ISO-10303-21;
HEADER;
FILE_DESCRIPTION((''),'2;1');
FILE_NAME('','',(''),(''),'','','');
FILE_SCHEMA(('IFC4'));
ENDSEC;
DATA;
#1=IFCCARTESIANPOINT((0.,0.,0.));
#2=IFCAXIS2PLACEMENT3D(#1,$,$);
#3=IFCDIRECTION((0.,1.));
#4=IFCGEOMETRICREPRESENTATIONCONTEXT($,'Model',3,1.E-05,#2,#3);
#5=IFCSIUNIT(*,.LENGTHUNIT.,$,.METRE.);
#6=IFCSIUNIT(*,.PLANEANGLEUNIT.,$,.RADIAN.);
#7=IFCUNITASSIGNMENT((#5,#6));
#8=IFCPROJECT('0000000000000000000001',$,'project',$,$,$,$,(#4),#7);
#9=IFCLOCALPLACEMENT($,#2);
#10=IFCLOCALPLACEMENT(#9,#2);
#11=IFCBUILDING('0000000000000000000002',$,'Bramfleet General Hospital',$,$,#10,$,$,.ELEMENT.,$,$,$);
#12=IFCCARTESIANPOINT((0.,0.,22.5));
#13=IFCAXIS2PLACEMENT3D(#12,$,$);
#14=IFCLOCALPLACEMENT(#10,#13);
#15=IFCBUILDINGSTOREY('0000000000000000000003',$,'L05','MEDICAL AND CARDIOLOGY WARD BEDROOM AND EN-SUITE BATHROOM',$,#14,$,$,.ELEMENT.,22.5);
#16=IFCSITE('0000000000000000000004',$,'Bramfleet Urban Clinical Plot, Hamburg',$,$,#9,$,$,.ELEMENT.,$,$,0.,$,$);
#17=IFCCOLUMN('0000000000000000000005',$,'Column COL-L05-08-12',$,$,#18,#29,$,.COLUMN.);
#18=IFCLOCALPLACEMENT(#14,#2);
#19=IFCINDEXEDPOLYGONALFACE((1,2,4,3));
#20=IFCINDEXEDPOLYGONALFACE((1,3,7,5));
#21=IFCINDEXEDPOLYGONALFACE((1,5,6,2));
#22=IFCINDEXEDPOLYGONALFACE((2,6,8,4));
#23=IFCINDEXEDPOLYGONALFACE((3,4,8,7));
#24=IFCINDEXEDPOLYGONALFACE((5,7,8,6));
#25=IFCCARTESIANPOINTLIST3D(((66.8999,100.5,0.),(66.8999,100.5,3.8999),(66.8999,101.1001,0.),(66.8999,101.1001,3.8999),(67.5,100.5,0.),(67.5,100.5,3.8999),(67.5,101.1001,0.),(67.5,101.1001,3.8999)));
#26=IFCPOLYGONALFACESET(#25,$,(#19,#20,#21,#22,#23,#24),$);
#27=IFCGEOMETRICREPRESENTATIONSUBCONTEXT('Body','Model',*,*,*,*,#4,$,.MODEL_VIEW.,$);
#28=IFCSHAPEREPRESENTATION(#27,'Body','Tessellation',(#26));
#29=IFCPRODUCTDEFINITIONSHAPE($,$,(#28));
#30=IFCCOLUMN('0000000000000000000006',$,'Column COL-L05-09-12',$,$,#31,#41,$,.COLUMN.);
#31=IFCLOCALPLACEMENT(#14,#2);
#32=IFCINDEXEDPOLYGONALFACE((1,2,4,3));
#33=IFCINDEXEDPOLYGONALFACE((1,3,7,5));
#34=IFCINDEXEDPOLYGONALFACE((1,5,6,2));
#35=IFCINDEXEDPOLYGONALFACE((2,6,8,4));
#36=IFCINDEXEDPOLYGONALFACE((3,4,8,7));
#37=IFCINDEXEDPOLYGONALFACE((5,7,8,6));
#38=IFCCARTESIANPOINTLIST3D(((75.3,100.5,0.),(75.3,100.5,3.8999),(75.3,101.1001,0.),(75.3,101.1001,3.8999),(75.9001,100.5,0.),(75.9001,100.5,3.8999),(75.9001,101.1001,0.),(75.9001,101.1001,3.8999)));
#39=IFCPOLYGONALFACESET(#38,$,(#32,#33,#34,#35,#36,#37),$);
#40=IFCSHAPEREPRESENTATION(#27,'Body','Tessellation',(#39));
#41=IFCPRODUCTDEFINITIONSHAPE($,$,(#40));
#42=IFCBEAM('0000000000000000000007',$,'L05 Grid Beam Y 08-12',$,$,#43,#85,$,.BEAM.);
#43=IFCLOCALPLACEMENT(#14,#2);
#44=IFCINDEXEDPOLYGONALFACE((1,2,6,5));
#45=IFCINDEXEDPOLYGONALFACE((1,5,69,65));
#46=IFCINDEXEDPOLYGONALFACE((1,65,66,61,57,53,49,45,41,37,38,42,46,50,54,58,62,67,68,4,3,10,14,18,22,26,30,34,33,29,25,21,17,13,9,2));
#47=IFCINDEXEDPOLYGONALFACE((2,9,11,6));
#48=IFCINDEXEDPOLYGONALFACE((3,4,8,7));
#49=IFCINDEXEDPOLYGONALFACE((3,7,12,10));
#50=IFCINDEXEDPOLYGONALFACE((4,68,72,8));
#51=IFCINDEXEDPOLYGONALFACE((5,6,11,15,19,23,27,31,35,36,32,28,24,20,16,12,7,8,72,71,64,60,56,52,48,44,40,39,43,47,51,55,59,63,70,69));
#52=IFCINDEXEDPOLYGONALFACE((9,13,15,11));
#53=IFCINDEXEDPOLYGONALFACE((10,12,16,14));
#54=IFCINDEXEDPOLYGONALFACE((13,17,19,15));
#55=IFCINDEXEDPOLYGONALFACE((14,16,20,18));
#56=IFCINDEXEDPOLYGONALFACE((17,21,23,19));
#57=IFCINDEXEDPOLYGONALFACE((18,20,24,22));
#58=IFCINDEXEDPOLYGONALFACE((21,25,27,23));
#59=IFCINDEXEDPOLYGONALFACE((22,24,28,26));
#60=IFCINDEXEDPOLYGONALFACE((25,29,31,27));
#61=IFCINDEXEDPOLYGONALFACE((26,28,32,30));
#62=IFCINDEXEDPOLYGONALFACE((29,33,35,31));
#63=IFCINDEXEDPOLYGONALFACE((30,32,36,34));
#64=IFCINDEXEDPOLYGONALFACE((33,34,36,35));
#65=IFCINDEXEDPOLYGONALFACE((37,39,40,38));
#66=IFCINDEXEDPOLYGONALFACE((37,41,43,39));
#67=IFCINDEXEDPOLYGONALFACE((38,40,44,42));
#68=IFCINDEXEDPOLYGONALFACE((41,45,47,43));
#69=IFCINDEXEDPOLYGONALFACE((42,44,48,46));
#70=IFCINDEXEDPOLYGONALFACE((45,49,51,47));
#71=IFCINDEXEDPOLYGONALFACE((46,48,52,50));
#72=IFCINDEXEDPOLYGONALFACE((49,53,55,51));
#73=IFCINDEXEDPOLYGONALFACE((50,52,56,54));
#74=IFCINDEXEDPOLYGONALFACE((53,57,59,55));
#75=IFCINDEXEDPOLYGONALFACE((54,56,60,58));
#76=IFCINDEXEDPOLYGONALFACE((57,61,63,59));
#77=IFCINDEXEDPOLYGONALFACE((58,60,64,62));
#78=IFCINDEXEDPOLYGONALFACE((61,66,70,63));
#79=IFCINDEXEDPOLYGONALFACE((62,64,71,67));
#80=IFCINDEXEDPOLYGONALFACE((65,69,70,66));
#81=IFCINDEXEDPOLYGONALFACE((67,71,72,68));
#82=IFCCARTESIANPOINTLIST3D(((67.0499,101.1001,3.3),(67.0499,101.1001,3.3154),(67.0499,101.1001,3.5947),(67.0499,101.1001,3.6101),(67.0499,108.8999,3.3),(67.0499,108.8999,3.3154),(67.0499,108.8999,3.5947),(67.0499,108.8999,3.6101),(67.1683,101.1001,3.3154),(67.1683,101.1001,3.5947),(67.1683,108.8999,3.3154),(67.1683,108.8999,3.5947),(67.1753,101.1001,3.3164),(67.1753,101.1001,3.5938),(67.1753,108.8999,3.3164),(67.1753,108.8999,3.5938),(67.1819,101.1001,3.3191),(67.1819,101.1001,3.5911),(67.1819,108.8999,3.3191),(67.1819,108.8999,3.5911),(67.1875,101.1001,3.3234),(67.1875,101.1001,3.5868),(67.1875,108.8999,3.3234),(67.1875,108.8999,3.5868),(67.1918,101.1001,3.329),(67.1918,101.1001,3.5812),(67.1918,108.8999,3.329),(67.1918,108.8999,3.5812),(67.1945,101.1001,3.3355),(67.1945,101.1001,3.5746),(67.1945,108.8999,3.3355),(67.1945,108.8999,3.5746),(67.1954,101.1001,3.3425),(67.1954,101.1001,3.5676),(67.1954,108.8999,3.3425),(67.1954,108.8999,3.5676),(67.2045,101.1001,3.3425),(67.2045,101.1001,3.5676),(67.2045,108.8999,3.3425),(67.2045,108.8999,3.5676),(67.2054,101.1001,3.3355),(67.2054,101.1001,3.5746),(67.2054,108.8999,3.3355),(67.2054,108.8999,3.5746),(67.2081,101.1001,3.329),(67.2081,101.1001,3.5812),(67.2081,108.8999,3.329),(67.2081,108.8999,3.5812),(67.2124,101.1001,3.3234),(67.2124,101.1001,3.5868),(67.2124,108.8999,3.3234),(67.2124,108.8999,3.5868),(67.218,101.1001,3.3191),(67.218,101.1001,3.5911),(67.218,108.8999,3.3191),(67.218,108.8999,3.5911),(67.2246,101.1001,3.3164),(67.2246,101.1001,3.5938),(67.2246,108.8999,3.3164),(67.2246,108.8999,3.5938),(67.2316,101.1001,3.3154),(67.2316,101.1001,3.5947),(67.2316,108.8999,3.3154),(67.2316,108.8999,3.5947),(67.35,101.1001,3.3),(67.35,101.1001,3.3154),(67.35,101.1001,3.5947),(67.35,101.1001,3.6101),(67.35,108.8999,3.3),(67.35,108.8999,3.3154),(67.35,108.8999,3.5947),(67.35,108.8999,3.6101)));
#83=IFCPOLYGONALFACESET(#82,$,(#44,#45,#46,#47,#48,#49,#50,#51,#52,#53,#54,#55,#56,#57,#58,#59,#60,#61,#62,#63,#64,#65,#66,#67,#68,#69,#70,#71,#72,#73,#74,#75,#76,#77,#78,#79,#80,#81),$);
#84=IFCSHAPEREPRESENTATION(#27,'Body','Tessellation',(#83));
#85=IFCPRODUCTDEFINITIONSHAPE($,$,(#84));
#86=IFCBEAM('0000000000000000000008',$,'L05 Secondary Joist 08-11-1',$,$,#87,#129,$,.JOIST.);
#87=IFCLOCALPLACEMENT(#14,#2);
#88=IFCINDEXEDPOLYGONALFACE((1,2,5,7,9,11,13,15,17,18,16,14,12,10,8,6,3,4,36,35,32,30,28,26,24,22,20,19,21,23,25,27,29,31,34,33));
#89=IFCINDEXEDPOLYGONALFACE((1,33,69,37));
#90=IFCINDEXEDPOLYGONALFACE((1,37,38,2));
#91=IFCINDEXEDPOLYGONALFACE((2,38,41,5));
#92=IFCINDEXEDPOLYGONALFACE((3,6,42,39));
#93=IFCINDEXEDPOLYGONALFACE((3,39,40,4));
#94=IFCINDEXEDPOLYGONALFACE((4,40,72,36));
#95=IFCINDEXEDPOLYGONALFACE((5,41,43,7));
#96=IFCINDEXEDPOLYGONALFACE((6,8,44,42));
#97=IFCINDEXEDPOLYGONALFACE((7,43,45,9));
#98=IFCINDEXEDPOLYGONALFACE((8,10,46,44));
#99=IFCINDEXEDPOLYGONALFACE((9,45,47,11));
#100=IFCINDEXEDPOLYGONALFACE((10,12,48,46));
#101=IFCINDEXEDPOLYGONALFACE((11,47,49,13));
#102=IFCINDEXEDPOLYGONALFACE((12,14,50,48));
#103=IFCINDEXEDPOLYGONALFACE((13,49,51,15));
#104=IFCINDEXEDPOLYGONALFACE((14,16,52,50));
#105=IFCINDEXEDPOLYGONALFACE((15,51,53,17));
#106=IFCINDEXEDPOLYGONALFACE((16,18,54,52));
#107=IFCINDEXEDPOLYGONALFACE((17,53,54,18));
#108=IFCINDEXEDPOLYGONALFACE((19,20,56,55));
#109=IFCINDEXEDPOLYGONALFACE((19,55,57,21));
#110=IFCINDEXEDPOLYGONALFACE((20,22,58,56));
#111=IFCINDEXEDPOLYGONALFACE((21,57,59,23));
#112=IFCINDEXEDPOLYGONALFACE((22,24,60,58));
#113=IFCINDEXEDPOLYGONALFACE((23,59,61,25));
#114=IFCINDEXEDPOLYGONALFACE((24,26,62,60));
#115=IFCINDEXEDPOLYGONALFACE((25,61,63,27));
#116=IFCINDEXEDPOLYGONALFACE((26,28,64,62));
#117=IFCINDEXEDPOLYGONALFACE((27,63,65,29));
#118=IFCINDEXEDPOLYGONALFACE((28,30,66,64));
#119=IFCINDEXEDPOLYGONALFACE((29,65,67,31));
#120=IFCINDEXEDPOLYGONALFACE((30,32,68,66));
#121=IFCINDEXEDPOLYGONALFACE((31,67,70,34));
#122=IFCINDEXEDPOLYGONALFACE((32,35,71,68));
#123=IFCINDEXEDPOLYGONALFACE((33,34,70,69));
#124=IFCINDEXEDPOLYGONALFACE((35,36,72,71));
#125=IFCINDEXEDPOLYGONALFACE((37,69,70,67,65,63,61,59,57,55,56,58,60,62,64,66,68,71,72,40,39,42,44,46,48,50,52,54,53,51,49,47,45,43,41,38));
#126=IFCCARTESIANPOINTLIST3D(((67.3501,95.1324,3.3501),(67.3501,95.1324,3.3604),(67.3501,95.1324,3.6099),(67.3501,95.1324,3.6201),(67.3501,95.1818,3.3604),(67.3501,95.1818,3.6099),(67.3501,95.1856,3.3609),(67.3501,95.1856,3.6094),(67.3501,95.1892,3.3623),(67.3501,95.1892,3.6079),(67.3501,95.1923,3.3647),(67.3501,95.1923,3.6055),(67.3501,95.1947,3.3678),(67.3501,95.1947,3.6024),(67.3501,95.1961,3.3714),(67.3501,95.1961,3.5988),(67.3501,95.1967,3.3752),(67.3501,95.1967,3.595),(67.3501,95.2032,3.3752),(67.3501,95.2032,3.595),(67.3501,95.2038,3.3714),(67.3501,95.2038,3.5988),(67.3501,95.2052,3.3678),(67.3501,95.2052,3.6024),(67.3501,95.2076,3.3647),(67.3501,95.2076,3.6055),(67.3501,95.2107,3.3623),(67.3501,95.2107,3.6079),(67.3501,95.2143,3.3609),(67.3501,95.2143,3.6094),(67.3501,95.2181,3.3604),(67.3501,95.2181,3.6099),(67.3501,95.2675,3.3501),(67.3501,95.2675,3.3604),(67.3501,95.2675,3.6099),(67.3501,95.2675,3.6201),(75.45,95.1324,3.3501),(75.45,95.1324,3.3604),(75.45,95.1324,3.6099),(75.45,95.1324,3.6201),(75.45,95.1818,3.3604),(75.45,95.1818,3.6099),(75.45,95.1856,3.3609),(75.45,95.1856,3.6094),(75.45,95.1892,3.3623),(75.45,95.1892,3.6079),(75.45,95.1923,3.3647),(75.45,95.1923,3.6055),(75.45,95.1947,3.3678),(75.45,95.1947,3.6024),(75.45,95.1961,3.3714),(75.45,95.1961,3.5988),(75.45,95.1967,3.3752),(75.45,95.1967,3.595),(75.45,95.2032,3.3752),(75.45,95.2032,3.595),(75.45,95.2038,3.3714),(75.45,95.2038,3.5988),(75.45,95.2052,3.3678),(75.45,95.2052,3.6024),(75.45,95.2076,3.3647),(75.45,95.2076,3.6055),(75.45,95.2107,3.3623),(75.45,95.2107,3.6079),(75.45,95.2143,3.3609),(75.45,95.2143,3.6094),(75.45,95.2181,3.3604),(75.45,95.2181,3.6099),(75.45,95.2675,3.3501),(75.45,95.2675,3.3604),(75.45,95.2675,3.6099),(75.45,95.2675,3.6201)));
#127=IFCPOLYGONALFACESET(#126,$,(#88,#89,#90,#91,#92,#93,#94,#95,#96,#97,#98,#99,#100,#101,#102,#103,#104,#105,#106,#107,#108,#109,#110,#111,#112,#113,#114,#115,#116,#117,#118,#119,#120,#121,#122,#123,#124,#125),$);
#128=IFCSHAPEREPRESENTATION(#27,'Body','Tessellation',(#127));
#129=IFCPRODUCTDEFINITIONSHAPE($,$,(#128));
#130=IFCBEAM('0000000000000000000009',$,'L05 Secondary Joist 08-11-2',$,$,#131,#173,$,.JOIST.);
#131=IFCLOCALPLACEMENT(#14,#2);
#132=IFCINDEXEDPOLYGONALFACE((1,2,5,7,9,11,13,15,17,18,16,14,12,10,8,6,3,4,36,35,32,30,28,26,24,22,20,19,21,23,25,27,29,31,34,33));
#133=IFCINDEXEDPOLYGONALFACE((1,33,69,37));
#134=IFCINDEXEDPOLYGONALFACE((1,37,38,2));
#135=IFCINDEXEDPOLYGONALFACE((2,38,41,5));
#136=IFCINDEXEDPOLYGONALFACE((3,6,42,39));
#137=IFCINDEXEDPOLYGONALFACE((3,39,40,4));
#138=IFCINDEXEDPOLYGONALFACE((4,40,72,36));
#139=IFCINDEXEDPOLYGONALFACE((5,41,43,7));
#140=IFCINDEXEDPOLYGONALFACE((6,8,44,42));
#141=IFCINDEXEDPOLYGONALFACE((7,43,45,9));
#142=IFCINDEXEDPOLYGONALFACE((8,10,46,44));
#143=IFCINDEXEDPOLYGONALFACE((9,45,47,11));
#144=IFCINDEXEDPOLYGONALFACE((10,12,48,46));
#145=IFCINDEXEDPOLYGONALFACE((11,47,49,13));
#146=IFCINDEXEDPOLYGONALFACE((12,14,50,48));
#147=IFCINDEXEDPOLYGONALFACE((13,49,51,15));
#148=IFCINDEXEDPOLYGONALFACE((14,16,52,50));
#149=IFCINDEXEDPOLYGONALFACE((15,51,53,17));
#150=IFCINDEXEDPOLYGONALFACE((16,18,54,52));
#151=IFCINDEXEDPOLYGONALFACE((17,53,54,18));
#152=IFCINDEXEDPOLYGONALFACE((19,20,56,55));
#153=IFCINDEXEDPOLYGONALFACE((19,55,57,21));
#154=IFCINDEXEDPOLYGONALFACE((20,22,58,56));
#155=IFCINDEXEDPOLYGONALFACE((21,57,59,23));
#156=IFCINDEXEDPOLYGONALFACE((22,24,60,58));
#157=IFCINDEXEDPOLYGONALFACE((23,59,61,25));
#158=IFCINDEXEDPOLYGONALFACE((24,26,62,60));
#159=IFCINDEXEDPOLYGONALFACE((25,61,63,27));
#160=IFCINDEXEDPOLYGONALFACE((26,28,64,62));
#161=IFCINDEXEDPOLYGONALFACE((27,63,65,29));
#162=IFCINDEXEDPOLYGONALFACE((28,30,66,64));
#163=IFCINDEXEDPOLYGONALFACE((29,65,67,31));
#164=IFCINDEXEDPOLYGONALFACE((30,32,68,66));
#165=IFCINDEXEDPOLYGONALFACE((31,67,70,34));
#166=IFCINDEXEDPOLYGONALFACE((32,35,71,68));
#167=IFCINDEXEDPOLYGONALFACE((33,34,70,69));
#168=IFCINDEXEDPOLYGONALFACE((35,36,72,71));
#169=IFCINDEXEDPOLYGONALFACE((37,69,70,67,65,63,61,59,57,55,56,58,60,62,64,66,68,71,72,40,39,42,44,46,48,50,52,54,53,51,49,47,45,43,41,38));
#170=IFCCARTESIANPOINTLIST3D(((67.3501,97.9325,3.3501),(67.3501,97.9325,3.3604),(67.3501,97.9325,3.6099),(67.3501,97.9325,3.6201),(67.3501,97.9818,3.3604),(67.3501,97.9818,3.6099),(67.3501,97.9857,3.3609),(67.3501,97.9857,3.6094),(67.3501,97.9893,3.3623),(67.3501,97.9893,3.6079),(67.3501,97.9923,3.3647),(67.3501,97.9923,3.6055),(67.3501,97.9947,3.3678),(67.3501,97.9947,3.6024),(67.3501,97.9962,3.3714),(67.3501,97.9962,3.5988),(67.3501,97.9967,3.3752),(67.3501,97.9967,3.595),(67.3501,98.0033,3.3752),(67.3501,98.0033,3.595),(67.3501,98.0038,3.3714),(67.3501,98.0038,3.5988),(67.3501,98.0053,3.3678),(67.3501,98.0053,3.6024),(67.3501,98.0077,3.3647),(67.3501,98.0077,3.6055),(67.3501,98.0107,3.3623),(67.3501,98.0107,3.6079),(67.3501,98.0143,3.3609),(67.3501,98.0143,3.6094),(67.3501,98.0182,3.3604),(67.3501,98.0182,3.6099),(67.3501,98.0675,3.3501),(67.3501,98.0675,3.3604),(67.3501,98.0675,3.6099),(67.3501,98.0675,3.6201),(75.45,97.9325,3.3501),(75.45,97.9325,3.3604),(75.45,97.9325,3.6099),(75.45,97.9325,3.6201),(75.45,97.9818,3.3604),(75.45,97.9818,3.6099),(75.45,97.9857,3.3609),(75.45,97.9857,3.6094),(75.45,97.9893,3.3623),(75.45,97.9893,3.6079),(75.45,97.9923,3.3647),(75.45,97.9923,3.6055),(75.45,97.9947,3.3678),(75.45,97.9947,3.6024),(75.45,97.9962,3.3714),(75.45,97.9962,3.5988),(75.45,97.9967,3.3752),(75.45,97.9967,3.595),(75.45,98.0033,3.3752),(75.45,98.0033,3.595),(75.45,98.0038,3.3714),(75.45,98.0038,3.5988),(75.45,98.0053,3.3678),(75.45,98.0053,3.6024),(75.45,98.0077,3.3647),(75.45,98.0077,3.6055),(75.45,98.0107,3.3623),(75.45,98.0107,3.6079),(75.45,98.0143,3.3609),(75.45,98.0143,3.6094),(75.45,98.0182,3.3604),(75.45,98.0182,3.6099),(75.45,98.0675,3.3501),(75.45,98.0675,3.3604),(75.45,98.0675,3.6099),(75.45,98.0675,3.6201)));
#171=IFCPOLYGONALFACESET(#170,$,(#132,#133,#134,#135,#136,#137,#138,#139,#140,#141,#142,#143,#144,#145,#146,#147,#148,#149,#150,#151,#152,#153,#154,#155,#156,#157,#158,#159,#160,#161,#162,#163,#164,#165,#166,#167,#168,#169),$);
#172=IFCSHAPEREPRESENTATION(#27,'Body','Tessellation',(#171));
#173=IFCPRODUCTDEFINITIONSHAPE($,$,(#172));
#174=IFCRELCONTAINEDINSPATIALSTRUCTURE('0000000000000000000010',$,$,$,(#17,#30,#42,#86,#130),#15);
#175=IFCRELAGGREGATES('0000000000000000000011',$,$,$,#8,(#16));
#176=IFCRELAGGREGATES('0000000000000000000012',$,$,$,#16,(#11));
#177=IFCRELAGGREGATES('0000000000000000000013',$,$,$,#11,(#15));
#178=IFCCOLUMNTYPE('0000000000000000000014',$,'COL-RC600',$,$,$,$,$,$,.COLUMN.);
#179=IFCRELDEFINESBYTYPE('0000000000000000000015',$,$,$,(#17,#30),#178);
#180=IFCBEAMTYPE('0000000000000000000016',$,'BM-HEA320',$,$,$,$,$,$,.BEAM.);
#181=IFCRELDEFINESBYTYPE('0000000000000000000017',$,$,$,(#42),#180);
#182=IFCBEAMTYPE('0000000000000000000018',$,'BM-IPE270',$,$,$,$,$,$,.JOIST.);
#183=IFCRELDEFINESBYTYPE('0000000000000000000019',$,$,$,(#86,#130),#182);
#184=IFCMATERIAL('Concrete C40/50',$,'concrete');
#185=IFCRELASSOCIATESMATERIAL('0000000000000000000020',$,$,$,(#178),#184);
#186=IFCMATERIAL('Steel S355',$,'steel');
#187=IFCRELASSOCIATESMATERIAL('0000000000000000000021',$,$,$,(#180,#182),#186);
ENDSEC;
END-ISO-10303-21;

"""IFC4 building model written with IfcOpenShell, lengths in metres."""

from ifc_helpers import new_model, si_unit, direction, frame, origin, origin_2d, place, context, subcontext, project, spatial, rectangle, i_section, extrude, material, material_profile, profile_set, type_object, element, save


model = new_model("IFC4")

# Units and contexts
model_context = context("Model", 3, precision=1e-05, world=origin(), true_north=direction((0.0, 1.0)))
body_context = subcontext(model_context, "Body", "Model", "MODEL_VIEW")
ifc_project = project(units=[si_unit("LENGTHUNIT", "METRE"), si_unit("PLANEANGLEUNIT", "RADIAN")], contexts=[model_context])

# Site, building, storey
site_placement = place(None, origin())
site = spatial("IfcSite", under=ifc_project, at=site_placement, Name="Bramfleet Urban Clinical Plot, Hamburg", CompositionType="ELEMENT", RefElevation=0.0)
building_placement = place(site_placement, origin())
building = spatial("IfcBuilding", under=site, at=building_placement, Name="Bramfleet General Hospital", CompositionType="ELEMENT")
storey_placement = place(building_placement, frame((0.0, 0.0, 22.5)))
storey = spatial("IfcBuildingStorey", under=building, at=storey_placement, Name="L05", Description="MEDICAL AND CARDIOLOGY WARD BEDROOM AND EN-SUITE BATHROOM", CompositionType="ELEMENT", Elevation=22.5)

# Columns
ifc_material_1 = material(Name="Concrete C40/50", Category="concrete")
ifc_material_profile_1 = material_profile(ifc_material_1, rectangle(XDim=0.6001, YDim=0.6001, at=origin_2d()), Name="RC COL 600x600")
ifc_profile_set_1 = profile_set([ifc_material_profile_1], Name="Concrete C40/50")
column_type = type_object("IfcColumnType", Name="COL-RC600", PredefinedType="COLUMN", material=ifc_profile_set_1)
for number, where, z_axis, x_axis, name in (
    (1, (67.2, 100.8, 0.0), (0.0, 0.0, 1.0), (1.0, 0.0, 0.0), "Column COL-L05-08-12"),
    (2, (75.6001, 100.8, 0.0), (0.0, 0.0, 1.0), (1.0, 0.0, 0.0), "Column COL-L05-09-12"),
):
    element("IfcColumn", number, at=place(storey_placement, frame(where, z_axis=z_axis, x_axis=x_axis)), inside=storey, type_object=column_type, Name=name, PredefinedType="COLUMN", context=body_context, shape_type="SweptSolid", body=[
        extrude(rectangle(XDim=0.6001, YDim=0.6001, at=origin_2d()), origin(), (0.0, 0.0, 1.0), 3.8999),
    ])

# Beams
ifc_material_2 = material(Name="Steel S355", Category="steel")
ifc_material_profile_2 = material_profile(ifc_material_2, i_section(OverallWidth=0.3, OverallDepth=0.3101, WebThickness=0.009, FlangeThickness=0.0154, FilletRadius=0.0271, at=origin_2d()), Name="HEA 320")
ifc_profile_set_2 = profile_set([ifc_material_profile_2], Name="Steel S355")
beam_type_1 = type_object("IfcBeamType", Name="BM-HEA320", PredefinedType="BEAM", material=ifc_profile_set_2)
beam_1_placement = place(storey_placement, frame((67.2, 101.1001, 3.4551), z_axis=(0.0, 1.0, 0.0), x_axis=(-1.0, 0.0, 0.0)))
element("IfcBeam", 3, at=beam_1_placement, inside=storey, type_object=beam_type_1, Name="L05 Grid Beam Y 08-12", PredefinedType="BEAM", context=body_context, shape_type="SweptSolid", body=[
    extrude(i_section(OverallWidth=0.3, OverallDepth=0.3101, WebThickness=0.009, FlangeThickness=0.0154, FilletRadius=0.0271, at=origin_2d()), origin(), (0.0, 0.0, 1.0), 7.7998),
])
ifc_material_profile_3 = material_profile(ifc_material_2, i_section(OverallWidth=0.135, OverallDepth=0.27, WebThickness=0.0066, FlangeThickness=0.0103, FilletRadius=0.0149, at=origin_2d()), Name="IPE 270")
ifc_profile_set_3 = profile_set([ifc_material_profile_3], Name="Steel S355")
beam_type_2 = type_object("IfcBeamType", Name="BM-IPE270", PredefinedType="JOIST", material=ifc_profile_set_3)
for number, where, z_axis, x_axis, name in (
    (4, (67.3501, 95.2, 3.4851), (1.0, 0.0, 0.0), (0.0, 1.0, 0.0), "L05 Secondary Joist 08-11-1"),
    (5, (67.3501, 98.0, 3.4851), (1.0, 0.0, 0.0), (0.0, 1.0, 0.0), "L05 Secondary Joist 08-11-2"),
):
    element("IfcBeam", number, at=place(storey_placement, frame(where, z_axis=z_axis, x_axis=x_axis)), inside=storey, type_object=beam_type_2, Name=name, PredefinedType="JOIST", context=body_context, shape_type="SweptSolid", body=[
        extrude(i_section(OverallWidth=0.135, OverallDepth=0.27, WebThickness=0.0066, FlangeThickness=0.0103, FilletRadius=0.0149, at=origin_2d()), origin(), (0.0, 0.0, 1.0), 8.0999),
    ])

save(model, "model.ifc")
